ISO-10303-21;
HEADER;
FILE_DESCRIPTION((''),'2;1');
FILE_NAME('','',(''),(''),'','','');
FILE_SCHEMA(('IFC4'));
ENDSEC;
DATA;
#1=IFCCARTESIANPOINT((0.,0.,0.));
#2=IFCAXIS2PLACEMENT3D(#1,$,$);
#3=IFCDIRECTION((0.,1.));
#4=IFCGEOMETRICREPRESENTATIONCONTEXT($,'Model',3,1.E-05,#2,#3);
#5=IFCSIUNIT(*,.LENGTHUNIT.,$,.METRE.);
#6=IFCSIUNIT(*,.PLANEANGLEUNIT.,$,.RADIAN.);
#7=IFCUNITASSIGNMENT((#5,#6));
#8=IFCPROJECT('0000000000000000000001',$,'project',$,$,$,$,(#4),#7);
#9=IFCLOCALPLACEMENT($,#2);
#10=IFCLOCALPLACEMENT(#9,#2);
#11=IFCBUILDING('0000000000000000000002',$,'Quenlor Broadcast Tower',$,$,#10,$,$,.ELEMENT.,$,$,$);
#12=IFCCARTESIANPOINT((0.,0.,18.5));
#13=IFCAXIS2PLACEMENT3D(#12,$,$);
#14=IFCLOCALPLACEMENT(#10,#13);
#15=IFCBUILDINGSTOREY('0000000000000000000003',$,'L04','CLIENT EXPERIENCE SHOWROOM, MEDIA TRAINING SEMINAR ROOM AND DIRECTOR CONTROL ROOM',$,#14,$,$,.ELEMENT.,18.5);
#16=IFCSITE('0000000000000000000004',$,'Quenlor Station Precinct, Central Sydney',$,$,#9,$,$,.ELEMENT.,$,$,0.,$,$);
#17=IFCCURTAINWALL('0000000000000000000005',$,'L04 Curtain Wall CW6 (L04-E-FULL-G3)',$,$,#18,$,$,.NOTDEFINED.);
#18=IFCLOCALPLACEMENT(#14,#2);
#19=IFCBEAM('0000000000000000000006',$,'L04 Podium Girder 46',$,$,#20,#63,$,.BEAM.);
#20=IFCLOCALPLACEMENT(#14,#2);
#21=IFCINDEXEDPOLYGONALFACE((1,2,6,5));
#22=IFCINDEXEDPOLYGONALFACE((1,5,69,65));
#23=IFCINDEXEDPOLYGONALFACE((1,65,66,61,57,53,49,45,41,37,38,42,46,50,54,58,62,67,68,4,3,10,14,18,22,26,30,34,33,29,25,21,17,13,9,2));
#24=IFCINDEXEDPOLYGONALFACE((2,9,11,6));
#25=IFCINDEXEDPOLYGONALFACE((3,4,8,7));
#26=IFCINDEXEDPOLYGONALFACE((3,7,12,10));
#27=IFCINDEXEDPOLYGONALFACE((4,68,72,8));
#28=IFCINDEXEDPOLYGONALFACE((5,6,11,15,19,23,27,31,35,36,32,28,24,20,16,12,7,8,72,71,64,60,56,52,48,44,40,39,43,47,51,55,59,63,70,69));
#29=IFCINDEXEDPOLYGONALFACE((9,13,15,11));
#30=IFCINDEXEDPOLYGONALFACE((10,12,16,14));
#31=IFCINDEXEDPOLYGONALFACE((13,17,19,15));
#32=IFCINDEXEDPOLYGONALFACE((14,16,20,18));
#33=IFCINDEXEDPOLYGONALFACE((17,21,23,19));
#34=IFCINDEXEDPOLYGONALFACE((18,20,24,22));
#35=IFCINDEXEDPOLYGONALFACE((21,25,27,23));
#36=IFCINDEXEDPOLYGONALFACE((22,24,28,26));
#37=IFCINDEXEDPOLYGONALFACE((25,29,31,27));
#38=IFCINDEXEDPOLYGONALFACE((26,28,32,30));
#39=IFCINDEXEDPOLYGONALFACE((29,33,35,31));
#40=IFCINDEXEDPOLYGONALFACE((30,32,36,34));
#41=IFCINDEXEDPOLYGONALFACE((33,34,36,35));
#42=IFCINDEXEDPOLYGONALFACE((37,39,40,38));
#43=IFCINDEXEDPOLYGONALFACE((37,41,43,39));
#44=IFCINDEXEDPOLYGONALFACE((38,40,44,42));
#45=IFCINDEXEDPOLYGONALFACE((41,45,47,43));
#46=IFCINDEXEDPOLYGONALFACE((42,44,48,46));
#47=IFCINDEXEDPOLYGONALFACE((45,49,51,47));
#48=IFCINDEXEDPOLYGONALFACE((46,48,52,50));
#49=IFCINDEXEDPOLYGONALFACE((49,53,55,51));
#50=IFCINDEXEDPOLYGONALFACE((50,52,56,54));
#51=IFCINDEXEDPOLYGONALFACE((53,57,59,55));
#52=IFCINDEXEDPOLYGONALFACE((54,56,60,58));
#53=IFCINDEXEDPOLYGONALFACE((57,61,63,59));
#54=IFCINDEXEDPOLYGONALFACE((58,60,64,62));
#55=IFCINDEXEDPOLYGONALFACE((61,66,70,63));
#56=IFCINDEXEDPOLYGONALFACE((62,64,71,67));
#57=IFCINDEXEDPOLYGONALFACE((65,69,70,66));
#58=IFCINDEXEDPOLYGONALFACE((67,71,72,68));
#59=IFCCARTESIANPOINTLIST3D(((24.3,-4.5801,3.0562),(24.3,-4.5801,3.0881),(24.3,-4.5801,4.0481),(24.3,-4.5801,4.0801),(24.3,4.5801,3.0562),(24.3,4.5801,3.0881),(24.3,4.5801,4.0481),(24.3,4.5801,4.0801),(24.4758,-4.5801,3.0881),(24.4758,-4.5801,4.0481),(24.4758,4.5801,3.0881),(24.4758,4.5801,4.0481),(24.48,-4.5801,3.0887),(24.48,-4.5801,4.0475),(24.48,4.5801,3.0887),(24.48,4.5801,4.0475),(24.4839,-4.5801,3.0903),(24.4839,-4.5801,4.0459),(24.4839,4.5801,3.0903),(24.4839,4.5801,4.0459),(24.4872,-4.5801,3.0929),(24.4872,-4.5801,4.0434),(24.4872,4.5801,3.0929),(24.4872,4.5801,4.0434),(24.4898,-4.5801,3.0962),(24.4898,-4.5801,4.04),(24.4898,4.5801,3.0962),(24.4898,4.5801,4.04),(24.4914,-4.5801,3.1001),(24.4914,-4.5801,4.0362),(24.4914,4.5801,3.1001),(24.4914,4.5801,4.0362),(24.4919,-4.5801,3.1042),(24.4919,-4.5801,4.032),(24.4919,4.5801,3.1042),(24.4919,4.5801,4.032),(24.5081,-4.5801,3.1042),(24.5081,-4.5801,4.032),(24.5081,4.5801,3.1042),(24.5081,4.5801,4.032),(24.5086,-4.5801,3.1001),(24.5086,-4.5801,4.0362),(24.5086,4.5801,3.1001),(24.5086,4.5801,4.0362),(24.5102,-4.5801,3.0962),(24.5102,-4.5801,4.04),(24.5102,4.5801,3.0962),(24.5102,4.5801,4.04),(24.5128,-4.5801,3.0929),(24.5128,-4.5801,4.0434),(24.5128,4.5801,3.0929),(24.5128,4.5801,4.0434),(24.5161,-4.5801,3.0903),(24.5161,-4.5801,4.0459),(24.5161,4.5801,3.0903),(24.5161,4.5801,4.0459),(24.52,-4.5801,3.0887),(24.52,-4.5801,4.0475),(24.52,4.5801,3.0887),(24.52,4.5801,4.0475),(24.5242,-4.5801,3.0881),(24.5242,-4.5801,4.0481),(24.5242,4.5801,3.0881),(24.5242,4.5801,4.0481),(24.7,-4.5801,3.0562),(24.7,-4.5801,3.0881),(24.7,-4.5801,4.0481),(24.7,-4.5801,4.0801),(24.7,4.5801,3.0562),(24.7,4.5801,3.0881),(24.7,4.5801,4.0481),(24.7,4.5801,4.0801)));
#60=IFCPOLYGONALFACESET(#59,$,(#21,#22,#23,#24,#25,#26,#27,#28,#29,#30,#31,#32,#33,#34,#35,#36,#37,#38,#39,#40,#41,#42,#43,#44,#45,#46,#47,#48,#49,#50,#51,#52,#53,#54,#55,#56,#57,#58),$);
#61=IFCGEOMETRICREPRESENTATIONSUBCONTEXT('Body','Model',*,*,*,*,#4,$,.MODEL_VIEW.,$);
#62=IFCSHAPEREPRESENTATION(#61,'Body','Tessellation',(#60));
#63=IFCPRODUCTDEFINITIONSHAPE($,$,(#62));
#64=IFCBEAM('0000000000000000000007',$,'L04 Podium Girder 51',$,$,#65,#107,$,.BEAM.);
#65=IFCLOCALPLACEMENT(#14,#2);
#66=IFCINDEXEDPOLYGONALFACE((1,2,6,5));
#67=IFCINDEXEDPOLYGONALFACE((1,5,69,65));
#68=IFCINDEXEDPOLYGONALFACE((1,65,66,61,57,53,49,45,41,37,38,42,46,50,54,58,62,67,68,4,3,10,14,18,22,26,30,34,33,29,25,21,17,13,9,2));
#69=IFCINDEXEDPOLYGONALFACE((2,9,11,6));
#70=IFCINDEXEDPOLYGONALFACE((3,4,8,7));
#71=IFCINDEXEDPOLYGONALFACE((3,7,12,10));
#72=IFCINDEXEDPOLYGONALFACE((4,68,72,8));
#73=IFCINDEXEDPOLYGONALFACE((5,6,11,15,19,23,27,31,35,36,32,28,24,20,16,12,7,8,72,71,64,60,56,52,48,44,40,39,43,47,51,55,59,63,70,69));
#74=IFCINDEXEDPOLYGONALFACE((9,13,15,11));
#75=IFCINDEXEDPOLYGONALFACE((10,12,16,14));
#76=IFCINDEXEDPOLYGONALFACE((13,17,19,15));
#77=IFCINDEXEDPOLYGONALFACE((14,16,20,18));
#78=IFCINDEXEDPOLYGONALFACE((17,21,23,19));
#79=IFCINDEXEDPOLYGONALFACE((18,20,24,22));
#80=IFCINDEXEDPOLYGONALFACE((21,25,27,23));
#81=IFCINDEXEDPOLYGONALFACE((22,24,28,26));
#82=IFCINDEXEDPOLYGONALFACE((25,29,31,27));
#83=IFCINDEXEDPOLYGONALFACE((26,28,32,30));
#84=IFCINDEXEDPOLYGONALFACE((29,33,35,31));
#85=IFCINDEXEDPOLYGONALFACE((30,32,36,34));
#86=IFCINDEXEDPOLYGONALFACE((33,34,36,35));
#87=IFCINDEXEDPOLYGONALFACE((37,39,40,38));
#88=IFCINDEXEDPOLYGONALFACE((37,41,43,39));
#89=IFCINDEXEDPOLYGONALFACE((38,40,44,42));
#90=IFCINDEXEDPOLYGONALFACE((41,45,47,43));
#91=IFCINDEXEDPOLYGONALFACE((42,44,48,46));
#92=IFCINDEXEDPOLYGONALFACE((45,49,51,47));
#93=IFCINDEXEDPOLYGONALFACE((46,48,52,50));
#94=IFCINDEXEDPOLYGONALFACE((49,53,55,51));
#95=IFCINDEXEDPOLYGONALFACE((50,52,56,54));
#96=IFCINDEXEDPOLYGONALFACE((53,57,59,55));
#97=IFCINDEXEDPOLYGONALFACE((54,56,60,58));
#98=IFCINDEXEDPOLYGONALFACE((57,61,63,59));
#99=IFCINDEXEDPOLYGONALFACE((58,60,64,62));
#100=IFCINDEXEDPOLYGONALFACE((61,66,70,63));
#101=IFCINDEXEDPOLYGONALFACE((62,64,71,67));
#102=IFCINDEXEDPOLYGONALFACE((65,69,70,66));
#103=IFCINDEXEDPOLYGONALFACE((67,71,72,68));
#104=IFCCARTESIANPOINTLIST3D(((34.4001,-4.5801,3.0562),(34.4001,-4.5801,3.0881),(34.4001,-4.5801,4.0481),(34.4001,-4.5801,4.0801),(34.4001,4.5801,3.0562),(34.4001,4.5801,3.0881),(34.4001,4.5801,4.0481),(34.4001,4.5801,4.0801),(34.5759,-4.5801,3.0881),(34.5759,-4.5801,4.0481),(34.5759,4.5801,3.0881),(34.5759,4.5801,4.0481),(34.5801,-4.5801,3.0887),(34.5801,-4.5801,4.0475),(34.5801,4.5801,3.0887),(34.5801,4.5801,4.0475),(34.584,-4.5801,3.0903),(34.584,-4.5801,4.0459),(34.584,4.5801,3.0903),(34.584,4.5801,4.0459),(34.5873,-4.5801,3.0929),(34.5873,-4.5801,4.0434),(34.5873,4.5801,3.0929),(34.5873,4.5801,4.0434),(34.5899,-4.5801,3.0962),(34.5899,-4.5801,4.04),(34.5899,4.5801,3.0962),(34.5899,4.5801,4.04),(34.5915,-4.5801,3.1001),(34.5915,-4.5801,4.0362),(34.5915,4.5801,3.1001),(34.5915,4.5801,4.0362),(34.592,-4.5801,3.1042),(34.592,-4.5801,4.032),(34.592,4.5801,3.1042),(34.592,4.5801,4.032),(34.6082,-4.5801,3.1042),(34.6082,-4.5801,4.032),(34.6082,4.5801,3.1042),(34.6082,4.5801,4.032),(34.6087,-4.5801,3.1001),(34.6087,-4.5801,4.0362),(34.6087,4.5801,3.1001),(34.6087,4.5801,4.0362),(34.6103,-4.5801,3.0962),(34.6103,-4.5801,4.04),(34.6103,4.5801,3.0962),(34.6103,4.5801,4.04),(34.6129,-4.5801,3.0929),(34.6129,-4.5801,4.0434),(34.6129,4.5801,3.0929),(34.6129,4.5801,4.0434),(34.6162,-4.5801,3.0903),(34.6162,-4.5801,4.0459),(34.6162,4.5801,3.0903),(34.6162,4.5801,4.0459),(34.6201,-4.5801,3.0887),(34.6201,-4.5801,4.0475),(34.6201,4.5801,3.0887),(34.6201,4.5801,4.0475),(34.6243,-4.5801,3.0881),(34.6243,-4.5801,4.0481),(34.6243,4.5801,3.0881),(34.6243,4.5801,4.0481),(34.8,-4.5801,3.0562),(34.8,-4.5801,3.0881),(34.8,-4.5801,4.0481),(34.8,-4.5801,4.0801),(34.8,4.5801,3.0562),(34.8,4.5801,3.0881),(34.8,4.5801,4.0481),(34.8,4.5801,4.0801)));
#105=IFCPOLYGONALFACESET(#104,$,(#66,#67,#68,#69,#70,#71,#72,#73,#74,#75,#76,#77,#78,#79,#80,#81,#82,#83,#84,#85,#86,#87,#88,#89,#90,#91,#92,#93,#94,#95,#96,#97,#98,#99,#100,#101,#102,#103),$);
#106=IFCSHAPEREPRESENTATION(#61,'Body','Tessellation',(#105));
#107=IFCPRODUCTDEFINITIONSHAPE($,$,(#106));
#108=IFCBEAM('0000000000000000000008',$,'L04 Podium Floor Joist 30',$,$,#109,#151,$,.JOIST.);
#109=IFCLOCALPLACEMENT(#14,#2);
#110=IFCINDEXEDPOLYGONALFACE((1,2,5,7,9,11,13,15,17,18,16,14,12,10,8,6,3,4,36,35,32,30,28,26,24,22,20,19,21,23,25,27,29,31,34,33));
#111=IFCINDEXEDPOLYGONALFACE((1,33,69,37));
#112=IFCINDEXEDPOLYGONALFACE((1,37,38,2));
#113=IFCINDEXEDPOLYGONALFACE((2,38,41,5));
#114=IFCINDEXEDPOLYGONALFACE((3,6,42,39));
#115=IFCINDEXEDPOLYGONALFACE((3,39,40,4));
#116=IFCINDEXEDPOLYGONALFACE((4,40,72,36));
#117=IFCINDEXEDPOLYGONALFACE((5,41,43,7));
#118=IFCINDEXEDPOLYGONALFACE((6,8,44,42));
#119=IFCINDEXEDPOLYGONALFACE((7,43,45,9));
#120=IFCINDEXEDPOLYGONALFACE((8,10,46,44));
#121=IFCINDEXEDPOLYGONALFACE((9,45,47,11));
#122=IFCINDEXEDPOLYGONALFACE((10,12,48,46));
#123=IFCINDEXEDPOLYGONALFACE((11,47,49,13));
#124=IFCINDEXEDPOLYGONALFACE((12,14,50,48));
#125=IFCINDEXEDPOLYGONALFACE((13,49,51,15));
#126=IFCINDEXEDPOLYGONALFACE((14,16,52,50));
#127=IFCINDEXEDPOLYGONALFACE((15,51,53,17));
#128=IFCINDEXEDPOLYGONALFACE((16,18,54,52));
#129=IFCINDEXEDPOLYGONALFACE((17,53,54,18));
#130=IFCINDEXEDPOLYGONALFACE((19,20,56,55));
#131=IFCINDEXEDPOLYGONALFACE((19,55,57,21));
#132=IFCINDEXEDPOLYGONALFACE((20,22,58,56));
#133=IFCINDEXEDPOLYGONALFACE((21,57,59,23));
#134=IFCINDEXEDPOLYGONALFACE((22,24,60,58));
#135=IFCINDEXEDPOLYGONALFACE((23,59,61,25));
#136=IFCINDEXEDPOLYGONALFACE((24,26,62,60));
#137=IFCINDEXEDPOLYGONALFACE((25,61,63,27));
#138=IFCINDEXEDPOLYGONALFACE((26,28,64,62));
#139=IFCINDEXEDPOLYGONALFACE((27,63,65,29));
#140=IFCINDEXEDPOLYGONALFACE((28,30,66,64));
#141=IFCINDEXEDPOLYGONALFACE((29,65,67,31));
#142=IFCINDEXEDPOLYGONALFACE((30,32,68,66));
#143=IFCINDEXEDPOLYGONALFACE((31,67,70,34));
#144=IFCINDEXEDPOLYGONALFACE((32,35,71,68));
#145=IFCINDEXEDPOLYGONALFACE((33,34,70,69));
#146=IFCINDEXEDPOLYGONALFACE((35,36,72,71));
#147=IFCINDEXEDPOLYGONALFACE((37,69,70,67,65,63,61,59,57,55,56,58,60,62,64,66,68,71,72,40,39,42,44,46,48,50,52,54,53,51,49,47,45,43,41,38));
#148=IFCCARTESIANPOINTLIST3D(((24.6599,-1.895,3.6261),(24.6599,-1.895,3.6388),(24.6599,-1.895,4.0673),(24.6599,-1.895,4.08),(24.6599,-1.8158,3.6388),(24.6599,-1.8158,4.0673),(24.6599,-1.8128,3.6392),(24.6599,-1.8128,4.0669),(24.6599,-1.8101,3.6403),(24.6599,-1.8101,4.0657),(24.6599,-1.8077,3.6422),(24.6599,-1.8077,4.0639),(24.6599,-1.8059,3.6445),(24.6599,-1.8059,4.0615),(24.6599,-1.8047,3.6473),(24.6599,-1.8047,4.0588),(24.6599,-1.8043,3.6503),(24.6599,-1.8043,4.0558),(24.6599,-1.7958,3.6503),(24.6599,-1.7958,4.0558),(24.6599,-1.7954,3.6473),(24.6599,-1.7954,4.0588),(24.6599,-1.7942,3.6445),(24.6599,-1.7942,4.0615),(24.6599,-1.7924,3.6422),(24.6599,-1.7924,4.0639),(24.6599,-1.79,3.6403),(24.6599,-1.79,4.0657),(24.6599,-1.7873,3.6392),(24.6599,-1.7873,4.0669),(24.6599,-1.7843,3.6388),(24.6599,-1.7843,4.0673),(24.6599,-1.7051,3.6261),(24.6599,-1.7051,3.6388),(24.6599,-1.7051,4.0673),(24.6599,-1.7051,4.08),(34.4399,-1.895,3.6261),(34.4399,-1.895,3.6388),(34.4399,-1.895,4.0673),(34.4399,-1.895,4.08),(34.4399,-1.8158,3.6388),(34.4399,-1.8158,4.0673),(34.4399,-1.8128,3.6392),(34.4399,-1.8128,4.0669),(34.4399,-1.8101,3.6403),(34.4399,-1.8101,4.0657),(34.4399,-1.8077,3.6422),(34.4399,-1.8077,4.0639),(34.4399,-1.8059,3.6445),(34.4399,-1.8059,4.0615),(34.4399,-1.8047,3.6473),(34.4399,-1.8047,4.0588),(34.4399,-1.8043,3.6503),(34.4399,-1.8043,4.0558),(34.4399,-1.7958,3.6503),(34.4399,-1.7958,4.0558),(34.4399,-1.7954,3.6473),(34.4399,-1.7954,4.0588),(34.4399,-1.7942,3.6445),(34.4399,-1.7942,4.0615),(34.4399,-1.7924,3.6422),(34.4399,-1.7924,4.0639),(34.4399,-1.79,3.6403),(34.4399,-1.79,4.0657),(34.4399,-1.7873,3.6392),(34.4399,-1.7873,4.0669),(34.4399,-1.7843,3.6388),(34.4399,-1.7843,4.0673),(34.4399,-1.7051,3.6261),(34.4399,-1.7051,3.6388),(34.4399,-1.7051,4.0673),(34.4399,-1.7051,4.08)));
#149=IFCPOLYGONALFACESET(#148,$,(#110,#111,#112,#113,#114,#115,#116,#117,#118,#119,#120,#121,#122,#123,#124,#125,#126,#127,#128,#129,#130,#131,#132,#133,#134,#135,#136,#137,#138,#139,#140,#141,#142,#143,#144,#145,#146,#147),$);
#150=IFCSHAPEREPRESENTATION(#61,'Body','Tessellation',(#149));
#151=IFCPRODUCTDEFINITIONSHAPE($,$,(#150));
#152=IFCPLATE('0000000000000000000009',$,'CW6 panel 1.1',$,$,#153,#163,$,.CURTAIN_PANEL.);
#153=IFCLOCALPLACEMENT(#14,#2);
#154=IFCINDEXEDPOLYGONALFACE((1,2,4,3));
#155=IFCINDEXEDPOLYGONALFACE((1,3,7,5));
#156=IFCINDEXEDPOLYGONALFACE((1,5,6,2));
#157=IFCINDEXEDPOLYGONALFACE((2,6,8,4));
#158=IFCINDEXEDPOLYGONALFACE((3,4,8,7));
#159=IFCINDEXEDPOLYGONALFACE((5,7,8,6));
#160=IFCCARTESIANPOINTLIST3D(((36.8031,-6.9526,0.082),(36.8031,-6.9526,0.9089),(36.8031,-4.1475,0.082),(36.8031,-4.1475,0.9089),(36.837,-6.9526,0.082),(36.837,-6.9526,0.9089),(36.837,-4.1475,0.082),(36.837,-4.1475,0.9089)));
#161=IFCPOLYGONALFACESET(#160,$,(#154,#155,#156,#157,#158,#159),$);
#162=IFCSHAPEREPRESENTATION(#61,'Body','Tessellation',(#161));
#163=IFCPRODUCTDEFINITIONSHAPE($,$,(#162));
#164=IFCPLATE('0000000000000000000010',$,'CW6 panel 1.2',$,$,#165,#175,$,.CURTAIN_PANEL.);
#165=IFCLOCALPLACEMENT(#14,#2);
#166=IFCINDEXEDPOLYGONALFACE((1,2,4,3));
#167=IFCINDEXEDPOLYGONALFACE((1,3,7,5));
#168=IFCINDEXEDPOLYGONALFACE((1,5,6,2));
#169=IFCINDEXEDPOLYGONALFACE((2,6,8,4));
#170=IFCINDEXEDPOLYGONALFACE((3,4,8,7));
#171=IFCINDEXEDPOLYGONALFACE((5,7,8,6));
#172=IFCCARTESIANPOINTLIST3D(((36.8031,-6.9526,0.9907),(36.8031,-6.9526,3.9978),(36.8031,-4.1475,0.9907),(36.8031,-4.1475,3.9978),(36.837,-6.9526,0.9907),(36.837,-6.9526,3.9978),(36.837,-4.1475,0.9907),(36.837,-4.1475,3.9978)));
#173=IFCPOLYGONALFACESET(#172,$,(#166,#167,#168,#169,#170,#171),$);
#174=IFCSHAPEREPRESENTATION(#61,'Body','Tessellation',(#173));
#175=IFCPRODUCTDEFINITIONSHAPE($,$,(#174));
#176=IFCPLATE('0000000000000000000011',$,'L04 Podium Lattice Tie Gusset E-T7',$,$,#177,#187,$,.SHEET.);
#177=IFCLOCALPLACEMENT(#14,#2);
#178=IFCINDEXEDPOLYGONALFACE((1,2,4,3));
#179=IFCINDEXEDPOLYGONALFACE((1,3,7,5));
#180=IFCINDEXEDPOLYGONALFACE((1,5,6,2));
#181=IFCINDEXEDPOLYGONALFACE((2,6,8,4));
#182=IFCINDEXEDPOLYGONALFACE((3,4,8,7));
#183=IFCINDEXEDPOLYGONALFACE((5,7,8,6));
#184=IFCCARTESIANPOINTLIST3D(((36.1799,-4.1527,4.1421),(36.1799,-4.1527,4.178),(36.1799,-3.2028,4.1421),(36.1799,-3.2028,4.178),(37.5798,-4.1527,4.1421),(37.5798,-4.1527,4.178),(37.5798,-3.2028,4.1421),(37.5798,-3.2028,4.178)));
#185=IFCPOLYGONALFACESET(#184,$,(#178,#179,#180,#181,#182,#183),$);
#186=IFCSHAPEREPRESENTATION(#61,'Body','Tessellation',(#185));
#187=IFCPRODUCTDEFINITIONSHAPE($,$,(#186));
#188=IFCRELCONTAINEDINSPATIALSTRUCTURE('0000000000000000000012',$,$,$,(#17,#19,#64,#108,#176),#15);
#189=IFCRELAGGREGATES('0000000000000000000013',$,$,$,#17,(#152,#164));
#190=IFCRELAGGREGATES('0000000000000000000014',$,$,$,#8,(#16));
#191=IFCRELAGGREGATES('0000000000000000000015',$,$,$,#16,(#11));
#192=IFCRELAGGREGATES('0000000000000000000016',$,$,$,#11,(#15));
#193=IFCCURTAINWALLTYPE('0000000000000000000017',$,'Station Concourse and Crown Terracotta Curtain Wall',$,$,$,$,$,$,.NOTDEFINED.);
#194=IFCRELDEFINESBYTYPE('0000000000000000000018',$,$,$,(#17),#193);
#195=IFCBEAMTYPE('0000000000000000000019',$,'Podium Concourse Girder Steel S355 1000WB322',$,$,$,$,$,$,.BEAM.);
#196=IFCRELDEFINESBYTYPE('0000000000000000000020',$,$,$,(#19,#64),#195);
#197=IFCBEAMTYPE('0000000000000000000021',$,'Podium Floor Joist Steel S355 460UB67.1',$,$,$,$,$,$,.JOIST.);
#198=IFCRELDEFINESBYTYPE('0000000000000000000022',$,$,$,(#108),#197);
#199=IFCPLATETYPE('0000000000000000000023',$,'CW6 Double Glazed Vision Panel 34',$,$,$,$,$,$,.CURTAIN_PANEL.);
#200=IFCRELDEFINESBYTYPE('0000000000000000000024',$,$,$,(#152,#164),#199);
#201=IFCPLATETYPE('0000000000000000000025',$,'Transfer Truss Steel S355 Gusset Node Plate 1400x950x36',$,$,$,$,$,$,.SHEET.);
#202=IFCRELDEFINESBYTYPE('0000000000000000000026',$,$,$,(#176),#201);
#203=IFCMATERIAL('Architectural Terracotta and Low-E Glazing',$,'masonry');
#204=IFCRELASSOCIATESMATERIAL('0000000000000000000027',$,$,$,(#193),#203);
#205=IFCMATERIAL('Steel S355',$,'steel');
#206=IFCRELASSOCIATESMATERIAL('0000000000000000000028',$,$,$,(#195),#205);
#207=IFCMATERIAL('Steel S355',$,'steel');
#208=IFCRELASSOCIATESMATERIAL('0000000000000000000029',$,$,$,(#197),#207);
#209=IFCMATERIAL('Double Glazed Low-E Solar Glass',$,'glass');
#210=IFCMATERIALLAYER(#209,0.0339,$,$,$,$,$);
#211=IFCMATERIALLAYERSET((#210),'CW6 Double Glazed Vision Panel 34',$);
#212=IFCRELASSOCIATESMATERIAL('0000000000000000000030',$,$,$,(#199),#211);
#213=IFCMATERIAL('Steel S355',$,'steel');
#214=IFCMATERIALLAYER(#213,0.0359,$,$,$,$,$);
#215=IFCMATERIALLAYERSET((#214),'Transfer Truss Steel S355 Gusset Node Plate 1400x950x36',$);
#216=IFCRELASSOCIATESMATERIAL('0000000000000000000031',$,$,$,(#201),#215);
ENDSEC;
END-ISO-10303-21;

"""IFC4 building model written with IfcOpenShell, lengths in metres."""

from ifc_helpers import new_model, si_unit, direction, frame, origin, origin_2d, place, context, subcontext, project, spatial, rectangle, i_section, extrude, material, layer, layer_set, material_profile, profile_set, type_object, element, aggregate, save


model = new_model("IFC4")

# Units and contexts
model_context = context("Model", 3, precision=1e-05, world=origin(), true_north=direction((0.0, 1.0)))
body_context = subcontext(model_context, "Body", "Model", "MODEL_VIEW")
ifc_project = project(units=[si_unit("LENGTHUNIT", "METRE"), si_unit("PLANEANGLEUNIT", "RADIAN")], contexts=[model_context])

# Site, building, storey
site_placement = place(None, origin())
site = spatial("IfcSite", under=ifc_project, at=site_placement, Name="Quenlor Station Precinct, Central Sydney", CompositionType="ELEMENT", RefElevation=0.0)
building_placement = place(site_placement, origin())
building = spatial("IfcBuilding", under=site, at=building_placement, Name="Quenlor Broadcast Tower", CompositionType="ELEMENT")
storey_placement = place(building_placement, frame((0.0, 0.0, 18.5)))
storey = spatial("IfcBuildingStorey", under=building, at=storey_placement, Name="L04", Description="CLIENT EXPERIENCE SHOWROOM, MEDIA TRAINING SEMINAR ROOM AND DIRECTOR CONTROL ROOM", CompositionType="ELEMENT", Elevation=18.5)

# Curtain wall
ifc_material_1 = material(Name="Architectural Terracotta and Low-E Glazing", Category="masonry")
curtain_wall_type = type_object("IfcCurtainWallType", Name="Station Concourse and Crown Terracotta Curtain Wall", PredefinedType="NOTDEFINED", material=ifc_material_1)
curtain_wall_placement = place(storey_placement, origin())
curtain_wall = element("IfcCurtainWall", 1, at=curtain_wall_placement, inside=storey, type_object=curtain_wall_type, Name="L04 Curtain Wall CW6 (L04-E-FULL-G3)", PredefinedType="NOTDEFINED")

# Beams
ifc_material_2 = material(Name="Steel S355", Category="steel")
ifc_material_profile_1 = material_profile(ifc_material_2, i_section(OverallWidth=0.3999, OverallDepth=1.0239, WebThickness=0.0161, FlangeThickness=0.032, FilletRadius=0.0161, at=origin_2d()))
ifc_profile_set_1 = profile_set([ifc_material_profile_1], Name="Steel S355 1000WB322")
beam_type_1 = type_object("IfcBeamType", Name="Podium Concourse Girder Steel S355 1000WB322", PredefinedType="BEAM", material=ifc_profile_set_1)
for number, where, z_axis, x_axis, name in (
    (2, (24.5, -4.5801, 3.5681), (0.0, 1.0, 0.0), (-1.0, 0.0, 0.0), "L04 Podium Girder 46"),
    (3, (34.6001, -4.5801, 3.5681), (0.0, 1.0, 0.0), (-1.0, 0.0, 0.0), "L04 Podium Girder 51"),
):
    element("IfcBeam", number, at=place(storey_placement, frame(where, z_axis=z_axis, x_axis=x_axis)), inside=storey, type_object=beam_type_1, Name=name, PredefinedType="BEAM", context=body_context, shape_type="SweptSolid", body=[
        extrude(i_section(OverallWidth=0.3999, OverallDepth=1.0239, WebThickness=0.0161, FlangeThickness=0.032, FilletRadius=0.0161, at=origin_2d()), origin(), (0.0, 0.0, 1.0), 9.1602),
    ])
ifc_material_3 = material(Name="Steel S355", Category="steel")
ifc_material_profile_2 = material_profile(ifc_material_3, i_section(OverallWidth=0.1899, OverallDepth=0.4539, WebThickness=0.0085, FlangeThickness=0.0127, FilletRadius=0.0115, at=origin_2d()))
ifc_profile_set_2 = profile_set([ifc_material_profile_2], Name="Steel S355 460UB67.1")
beam_type_2 = type_object("IfcBeamType", Name="Podium Floor Joist Steel S355 460UB67.1", PredefinedType="JOIST", material=ifc_profile_set_2)
beam_1_placement = place(storey_placement, frame((24.6599, -1.8, 3.853), z_axis=(1.0, 0.0, 0.0), x_axis=(0.0, 1.0, 0.0)))
element("IfcBeam", 4, at=beam_1_placement, inside=storey, type_object=beam_type_2, Name="L04 Podium Floor Joist 30", PredefinedType="JOIST", context=body_context, shape_type="SweptSolid", body=[
    extrude(i_section(OverallWidth=0.1899, OverallDepth=0.4539, WebThickness=0.0085, FlangeThickness=0.0127, FilletRadius=0.0115, at=origin_2d()), origin(), (0.0, 0.0, 1.0), 9.78),
])

# Plates
ifc_material_4 = material(Name="Double Glazed Low-E Solar Glass", Category="glass")
ifc_layer_1 = layer(ifc_material_4, 0.0339)
ifc_layer_set_1 = layer_set([ifc_layer_1], Name="CW6 Double Glazed Vision Panel 34")
plate_type_1 = type_object("IfcPlateType", Name="CW6 Double Glazed Vision Panel 34", PredefinedType="CURTAIN_PANEL", material=ifc_layer_set_1)
plate_1_placement = place(storey_placement, frame((36.8201, -5.55, 0.082), z_axis=(0.0, 0.0, 1.0), x_axis=(0.0, -1.0, 0.0)))
plate_1 = element("IfcPlate", 5, at=plate_1_placement, type_object=plate_type_1, Name="CW6 panel 1.1", PredefinedType="CURTAIN_PANEL", context=body_context, shape_type="SweptSolid", body=[
    extrude(rectangle(XDim=2.8052, YDim=0.0339, at=origin_2d()), origin(), (0.0, 0.0, 1.0), 0.8269),
])
plate_2_placement = place(storey_placement, frame((36.8201, -5.55, 0.9907), z_axis=(0.0, 0.0, 1.0), x_axis=(0.0, -1.0, 0.0)))
plate_2 = element("IfcPlate", 6, at=plate_2_placement, type_object=plate_type_1, Name="CW6 panel 1.2", PredefinedType="CURTAIN_PANEL", context=body_context, shape_type="SweptSolid", body=[
    extrude(rectangle(XDim=2.8052, YDim=0.0339, at=origin_2d()), origin(), (0.0, 0.0, 1.0), 3.0071),
])
aggregate(curtain_wall, [plate_1, plate_2])
ifc_material_5 = material(Name="Steel S355", Category="steel")
ifc_layer_2 = layer(ifc_material_5, 0.0359)
ifc_layer_set_2 = layer_set([ifc_layer_2], Name="Transfer Truss Steel S355 Gusset Node Plate 1400x950x36")
plate_type_2 = type_object("IfcPlateType", Name="Transfer Truss Steel S355 Gusset Node Plate 1400x950x36", PredefinedType="SHEET", material=ifc_layer_set_2)
plate_3_placement = place(storey_placement, frame((36.8799, -3.6777, 4.1421), z_axis=(0.0, 0.0, 1.0), x_axis=(1.0, 0.0, 0.0)))
element("IfcPlate", 7, at=plate_3_placement, inside=storey, type_object=plate_type_2, Name="L04 Podium Lattice Tie Gusset E-T7", PredefinedType="SHEET", context=body_context, shape_type="SweptSolid", body=[
    extrude(rectangle(XDim=1.3999, YDim=0.95, at=origin_2d()), origin(), (0.0, 0.0, 1.0), 0.0359),
])

save(model, "model.ifc")
